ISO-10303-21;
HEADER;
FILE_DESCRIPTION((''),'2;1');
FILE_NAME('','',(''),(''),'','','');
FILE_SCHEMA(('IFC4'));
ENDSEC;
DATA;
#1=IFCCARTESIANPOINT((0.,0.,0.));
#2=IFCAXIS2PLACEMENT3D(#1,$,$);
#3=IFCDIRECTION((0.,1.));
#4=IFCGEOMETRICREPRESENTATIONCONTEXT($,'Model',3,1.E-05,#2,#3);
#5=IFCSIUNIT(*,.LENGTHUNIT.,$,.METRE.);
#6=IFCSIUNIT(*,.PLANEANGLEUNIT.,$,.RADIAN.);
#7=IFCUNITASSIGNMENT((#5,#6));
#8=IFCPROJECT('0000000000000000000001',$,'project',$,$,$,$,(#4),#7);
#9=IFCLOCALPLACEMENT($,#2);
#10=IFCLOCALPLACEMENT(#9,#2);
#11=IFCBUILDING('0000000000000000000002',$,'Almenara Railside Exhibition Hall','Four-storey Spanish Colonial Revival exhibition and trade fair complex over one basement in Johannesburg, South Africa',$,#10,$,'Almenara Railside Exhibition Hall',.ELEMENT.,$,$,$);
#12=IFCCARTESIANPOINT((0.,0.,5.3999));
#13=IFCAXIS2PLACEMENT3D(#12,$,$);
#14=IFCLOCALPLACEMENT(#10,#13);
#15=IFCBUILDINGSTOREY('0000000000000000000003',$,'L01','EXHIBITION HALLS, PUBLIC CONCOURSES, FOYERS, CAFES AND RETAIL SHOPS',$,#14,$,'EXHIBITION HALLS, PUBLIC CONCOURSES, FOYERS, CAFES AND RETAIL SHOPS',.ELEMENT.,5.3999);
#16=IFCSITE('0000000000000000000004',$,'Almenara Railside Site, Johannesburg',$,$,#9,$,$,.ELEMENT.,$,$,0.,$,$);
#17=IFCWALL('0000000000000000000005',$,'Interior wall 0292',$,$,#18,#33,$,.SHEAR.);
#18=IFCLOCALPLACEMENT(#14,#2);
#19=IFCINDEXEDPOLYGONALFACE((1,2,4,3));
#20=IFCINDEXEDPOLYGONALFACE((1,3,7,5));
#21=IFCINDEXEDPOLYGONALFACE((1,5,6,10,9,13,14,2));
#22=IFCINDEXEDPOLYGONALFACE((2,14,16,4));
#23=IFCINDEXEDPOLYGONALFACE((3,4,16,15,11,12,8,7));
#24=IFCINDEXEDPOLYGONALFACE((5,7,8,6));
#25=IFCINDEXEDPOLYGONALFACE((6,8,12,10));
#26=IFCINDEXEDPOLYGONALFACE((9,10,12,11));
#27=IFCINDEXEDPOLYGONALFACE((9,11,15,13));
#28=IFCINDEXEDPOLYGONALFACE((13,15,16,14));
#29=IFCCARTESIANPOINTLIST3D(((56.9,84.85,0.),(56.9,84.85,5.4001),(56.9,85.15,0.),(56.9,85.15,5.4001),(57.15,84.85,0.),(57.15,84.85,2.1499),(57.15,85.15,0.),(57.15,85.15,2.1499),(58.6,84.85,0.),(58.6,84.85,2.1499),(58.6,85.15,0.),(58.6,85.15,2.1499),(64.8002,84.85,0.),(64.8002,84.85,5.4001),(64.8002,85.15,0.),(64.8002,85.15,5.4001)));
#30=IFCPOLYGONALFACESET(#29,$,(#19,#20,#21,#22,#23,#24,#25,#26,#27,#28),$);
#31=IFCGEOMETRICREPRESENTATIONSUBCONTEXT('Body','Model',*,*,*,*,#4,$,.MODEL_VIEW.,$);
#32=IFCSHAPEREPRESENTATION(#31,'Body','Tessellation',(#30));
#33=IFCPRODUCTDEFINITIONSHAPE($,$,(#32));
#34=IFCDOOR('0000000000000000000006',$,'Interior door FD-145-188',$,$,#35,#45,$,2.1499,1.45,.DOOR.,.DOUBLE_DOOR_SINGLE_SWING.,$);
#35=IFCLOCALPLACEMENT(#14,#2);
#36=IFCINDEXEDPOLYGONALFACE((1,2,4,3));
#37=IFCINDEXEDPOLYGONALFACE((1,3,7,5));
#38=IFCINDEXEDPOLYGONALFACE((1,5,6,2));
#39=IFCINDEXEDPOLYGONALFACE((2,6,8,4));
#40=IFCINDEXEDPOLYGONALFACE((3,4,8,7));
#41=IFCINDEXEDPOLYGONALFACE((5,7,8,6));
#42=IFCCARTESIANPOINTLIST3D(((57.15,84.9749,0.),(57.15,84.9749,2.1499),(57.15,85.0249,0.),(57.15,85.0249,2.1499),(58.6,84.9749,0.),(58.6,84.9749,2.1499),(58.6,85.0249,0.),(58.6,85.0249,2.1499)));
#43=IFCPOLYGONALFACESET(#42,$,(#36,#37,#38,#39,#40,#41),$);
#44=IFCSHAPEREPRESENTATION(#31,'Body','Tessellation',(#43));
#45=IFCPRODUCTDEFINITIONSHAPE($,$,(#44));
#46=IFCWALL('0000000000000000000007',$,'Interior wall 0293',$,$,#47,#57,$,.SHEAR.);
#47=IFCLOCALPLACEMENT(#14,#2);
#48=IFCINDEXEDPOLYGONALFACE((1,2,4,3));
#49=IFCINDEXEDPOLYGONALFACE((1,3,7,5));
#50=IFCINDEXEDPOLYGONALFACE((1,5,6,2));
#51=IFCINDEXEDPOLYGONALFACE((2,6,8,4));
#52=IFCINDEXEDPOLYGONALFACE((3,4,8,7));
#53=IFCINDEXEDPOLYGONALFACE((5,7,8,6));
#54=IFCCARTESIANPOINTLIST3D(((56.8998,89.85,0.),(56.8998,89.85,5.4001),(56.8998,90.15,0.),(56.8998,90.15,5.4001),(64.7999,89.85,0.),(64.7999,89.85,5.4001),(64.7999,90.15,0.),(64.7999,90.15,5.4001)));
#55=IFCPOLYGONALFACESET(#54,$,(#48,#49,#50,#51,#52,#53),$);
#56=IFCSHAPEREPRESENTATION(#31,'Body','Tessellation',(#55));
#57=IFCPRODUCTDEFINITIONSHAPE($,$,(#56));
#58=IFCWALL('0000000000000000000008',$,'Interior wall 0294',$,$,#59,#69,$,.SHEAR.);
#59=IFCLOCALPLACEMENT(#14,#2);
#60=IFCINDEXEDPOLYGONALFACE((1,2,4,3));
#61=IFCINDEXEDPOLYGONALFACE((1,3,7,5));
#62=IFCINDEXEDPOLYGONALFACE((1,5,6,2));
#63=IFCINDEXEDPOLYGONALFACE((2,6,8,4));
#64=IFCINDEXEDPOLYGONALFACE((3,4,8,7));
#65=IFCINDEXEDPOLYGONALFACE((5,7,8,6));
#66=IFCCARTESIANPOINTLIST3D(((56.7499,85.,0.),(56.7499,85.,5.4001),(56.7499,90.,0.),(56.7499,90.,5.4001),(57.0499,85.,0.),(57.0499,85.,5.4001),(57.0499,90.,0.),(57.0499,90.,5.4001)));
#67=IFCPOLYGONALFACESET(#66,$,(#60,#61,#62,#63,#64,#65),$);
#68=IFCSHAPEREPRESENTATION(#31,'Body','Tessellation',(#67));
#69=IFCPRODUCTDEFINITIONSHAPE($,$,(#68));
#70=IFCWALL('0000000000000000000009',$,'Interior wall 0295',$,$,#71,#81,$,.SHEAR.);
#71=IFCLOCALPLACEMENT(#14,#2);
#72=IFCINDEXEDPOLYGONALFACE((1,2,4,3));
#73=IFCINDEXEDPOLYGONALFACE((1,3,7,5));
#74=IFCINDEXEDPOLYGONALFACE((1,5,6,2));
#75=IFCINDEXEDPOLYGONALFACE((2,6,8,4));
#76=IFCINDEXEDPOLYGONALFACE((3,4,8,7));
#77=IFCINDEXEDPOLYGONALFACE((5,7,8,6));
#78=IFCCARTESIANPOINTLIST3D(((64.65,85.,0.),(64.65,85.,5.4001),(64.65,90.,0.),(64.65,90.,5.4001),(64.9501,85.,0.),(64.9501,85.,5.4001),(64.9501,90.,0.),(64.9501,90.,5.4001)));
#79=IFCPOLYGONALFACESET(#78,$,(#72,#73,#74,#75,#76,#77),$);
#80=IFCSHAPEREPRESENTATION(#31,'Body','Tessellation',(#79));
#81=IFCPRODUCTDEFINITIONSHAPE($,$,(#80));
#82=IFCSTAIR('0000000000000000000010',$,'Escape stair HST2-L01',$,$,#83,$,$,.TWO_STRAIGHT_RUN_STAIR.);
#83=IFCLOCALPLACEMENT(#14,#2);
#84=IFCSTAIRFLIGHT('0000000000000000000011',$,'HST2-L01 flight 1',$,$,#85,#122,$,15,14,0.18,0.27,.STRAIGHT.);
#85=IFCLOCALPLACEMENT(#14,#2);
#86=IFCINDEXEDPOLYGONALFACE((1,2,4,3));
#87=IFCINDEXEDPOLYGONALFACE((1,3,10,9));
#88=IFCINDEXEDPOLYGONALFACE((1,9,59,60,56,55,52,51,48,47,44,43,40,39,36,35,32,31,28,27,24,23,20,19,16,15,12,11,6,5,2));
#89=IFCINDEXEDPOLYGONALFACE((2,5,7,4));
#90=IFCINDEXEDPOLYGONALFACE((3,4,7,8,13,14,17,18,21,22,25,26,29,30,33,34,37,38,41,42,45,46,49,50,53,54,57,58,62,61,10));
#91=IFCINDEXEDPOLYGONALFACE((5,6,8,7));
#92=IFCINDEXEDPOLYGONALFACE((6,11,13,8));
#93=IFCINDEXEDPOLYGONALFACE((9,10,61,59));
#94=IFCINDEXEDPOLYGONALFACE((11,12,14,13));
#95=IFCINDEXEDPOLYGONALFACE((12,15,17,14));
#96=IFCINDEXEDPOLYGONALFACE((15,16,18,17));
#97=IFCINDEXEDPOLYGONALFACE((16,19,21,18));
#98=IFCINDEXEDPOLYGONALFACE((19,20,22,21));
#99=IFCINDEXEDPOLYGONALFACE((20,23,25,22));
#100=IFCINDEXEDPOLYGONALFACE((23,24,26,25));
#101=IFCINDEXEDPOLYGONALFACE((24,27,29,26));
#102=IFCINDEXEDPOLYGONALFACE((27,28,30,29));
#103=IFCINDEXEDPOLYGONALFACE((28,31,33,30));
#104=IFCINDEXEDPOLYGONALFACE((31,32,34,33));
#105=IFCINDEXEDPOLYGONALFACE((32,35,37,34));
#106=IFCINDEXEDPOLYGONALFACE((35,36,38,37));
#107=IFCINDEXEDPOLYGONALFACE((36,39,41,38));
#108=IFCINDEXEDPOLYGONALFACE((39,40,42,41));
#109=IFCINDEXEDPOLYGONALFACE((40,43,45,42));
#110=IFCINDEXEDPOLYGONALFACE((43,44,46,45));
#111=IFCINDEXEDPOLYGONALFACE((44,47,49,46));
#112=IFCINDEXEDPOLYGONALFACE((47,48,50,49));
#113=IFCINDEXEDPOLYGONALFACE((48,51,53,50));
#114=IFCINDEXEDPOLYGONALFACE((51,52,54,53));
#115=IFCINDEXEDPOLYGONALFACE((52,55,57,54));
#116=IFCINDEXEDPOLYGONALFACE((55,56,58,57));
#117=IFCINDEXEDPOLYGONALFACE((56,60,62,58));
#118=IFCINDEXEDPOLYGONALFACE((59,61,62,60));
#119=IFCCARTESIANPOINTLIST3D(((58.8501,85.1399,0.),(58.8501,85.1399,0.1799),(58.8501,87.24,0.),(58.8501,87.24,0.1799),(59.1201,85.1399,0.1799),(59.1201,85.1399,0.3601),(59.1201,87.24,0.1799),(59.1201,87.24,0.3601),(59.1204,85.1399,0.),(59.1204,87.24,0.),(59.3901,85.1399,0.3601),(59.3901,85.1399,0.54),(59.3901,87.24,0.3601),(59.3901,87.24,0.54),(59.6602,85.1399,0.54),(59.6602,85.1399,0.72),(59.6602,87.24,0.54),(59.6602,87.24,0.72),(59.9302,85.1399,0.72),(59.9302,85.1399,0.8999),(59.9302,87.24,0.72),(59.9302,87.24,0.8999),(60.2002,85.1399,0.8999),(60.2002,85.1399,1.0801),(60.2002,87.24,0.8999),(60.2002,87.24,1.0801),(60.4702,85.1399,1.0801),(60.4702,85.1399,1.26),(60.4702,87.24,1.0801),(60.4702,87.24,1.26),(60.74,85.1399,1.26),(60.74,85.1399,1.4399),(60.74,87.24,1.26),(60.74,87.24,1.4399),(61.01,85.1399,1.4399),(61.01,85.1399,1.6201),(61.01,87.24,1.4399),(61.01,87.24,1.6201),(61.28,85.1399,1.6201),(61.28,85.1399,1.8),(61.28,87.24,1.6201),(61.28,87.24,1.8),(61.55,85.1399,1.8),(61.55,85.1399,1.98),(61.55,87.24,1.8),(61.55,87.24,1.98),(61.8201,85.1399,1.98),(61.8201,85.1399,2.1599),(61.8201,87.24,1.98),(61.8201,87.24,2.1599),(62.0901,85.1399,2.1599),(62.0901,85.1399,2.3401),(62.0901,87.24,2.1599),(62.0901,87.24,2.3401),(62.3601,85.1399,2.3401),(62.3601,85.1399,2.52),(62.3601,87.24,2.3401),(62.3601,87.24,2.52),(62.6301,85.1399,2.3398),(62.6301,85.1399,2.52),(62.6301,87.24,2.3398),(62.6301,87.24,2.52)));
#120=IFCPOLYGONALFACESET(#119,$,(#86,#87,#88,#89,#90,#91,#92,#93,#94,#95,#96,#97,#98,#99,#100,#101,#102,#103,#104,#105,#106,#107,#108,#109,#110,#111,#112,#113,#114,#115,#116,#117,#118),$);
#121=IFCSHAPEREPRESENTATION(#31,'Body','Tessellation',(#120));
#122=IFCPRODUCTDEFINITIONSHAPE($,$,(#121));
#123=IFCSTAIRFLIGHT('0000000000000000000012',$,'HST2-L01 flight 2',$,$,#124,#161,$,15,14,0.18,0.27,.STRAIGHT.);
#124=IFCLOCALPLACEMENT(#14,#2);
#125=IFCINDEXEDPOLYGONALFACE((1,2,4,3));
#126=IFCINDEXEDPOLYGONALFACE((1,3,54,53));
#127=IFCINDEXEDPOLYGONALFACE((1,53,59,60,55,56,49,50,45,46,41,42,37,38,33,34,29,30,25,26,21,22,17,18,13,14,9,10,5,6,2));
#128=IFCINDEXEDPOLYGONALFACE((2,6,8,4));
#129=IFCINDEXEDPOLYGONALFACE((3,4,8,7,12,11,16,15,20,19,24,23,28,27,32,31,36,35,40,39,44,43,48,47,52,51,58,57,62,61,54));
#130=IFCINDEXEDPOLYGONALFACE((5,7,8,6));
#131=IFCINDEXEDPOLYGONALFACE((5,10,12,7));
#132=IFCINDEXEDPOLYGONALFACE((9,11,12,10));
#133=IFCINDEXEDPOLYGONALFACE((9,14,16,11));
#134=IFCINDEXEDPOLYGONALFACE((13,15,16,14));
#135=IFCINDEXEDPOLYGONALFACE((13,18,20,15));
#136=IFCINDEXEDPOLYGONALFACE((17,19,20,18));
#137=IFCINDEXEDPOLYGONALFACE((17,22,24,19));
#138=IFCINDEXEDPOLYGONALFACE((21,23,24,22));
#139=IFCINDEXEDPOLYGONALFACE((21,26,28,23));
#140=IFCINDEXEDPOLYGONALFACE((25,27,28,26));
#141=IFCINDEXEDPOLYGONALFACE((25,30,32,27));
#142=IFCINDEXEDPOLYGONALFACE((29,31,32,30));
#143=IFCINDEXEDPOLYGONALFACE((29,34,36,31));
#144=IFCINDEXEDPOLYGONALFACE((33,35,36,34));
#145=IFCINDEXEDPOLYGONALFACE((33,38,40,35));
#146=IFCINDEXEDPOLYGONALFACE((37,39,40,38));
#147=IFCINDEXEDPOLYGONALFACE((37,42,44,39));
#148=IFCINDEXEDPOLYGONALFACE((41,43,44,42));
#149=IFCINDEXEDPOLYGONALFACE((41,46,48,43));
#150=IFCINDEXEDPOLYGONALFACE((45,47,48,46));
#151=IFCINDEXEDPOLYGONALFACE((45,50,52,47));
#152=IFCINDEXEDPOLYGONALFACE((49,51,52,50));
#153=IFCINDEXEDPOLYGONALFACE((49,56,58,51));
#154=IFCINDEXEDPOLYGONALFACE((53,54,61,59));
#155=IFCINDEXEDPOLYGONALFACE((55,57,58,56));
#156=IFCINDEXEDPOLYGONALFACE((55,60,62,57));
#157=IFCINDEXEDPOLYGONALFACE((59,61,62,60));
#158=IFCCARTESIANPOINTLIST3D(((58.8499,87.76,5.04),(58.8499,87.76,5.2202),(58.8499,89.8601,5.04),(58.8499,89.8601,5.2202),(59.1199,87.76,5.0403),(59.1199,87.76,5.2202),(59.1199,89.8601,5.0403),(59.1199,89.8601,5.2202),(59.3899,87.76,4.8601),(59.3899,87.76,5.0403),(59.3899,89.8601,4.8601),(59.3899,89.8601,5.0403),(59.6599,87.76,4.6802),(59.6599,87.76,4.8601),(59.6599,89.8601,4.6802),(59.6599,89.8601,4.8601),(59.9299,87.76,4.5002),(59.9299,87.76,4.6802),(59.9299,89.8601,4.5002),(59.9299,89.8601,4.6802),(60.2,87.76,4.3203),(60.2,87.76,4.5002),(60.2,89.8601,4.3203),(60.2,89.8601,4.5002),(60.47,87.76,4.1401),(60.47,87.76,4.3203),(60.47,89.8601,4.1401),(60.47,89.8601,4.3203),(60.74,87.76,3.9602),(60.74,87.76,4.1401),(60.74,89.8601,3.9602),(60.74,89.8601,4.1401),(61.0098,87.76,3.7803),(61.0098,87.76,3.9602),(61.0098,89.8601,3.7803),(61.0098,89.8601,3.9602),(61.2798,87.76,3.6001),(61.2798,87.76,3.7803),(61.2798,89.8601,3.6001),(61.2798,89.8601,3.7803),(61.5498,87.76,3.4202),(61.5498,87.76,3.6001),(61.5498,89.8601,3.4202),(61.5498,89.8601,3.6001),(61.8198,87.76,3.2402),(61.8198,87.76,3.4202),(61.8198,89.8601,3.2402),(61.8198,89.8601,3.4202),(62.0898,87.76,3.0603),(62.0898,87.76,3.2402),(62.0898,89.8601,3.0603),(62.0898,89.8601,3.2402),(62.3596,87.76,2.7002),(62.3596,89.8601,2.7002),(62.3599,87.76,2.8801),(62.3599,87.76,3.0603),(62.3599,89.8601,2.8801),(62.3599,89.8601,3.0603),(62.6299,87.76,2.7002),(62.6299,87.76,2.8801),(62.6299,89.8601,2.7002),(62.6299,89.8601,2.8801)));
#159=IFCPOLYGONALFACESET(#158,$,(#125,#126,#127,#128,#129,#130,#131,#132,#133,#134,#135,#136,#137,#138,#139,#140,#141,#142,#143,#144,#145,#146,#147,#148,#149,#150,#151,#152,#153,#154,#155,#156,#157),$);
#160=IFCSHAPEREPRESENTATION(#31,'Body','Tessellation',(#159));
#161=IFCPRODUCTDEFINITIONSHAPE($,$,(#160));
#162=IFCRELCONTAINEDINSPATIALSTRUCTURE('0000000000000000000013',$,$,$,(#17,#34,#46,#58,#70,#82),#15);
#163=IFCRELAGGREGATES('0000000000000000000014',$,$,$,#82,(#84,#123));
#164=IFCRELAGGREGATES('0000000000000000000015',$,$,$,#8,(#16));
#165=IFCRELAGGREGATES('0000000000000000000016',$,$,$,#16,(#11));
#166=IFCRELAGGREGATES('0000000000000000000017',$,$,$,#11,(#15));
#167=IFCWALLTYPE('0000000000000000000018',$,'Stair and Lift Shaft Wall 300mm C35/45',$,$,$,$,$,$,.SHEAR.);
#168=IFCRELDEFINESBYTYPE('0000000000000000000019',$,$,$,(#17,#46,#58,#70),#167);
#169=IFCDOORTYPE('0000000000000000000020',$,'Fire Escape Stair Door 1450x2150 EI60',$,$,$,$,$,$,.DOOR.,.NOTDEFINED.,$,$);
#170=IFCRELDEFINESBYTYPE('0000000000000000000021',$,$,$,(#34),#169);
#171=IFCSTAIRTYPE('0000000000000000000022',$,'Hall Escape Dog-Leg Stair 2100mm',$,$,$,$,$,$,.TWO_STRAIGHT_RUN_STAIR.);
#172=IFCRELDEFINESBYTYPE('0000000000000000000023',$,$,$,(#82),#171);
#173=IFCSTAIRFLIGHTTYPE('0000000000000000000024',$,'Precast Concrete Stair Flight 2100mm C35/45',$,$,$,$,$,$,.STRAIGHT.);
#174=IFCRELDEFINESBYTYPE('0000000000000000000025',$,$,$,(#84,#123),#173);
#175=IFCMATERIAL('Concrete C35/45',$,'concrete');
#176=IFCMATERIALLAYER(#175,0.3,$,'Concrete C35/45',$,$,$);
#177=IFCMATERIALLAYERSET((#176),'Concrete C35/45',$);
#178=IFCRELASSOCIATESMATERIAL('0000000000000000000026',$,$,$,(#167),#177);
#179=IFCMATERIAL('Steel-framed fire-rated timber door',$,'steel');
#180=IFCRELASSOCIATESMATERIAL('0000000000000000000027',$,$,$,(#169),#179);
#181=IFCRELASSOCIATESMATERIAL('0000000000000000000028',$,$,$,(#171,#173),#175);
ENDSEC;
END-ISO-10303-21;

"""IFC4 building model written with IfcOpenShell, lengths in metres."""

from ifc_helpers import new_model, si_unit, direction, frame, frame_2d, origin, place, context, subcontext, project, spatial, polyline, rectangle, outline, extrude, material, layer, layer_set, type_object, element, fill, aggregate, save


model = new_model("IFC4")

# Units and contexts
model_context = context("Model", 3, precision=1e-05, world=origin(), true_north=direction((0.0, 1.0)))
body_context = subcontext(model_context, "Body", "Model", "MODEL_VIEW")
ifc_project = project(units=[si_unit("LENGTHUNIT", "METRE"), si_unit("PLANEANGLEUNIT", "RADIAN")], contexts=[model_context])

# Site, building, storey
site_placement = place(None, origin())
site = spatial("IfcSite", under=ifc_project, at=site_placement, Name="Almenara Railside Site, Johannesburg", CompositionType="ELEMENT", RefElevation=0.0)
building_placement = place(site_placement, origin())
building = spatial("IfcBuilding", under=site, at=building_placement, Name="Almenara Railside Exhibition Hall", Description="Four-storey Spanish Colonial Revival exhibition and trade fair complex over one basement in Johannesburg, South Africa", LongName="Almenara Railside Exhibition Hall", CompositionType="ELEMENT")
storey_placement = place(building_placement, frame((0.0, 0.0, 5.3999)))
storey = spatial("IfcBuildingStorey", under=building, at=storey_placement, Name="L01", Description="EXHIBITION HALLS, PUBLIC CONCOURSES, FOYERS, CAFES AND RETAIL SHOPS", LongName="EXHIBITION HALLS, PUBLIC CONCOURSES, FOYERS, CAFES AND RETAIL SHOPS", CompositionType="ELEMENT", Elevation=5.3999)

# Shared definitions
ifc_material_1 = material(Name="Concrete C35/45", Category="concrete")

# Wall, opening, door
ifc_layer = layer(ifc_material_1, 0.3, Name="Concrete C35/45")
ifc_layer_set = layer_set([ifc_layer], Name="Concrete C35/45")
wall_type = type_object("IfcWallType", Name="Stair and Lift Shaft Wall 300mm C35/45", PredefinedType="SHEAR", material=ifc_layer_set)
wall_1_placement = place(storey_placement, frame((56.8999, 85.0, 0.0), z_axis=(0.0, 0.0, 1.0), x_axis=(1.0, 0.0, 0.0)))
wall_1 = element("IfcWall", 1, at=wall_1_placement, inside=storey, type_object=wall_type, Name="Interior wall 0292", PredefinedType="SHEAR", context=body_context, shape_type="SweptSolid", body=[
    extrude(rectangle(XDim=7.9001, YDim=0.3, at=frame_2d((3.9502, 0.0))), origin(), (0.0, 0.0, 1.0), 5.4001),
])
opening_placement = place(wall_1_placement, frame((0.25, 0.0, 0.0)))
opening = element("IfcOpeningElement", 2, at=opening_placement, cuts=wall_1, PredefinedType="OPENING", context=body_context, shape_type="SweptSolid", body=[
    extrude(rectangle(XDim=1.45, YDim=2.1499, at=frame_2d((0.7251, 1.075))), frame((0.0, 0.1599, 0.0), z_axis=(0.0, -1.0, 0.0), x_axis=(1.0, 0.0, 0.0)), (0.0, 0.0, 1.0), 0.3201),
])
ifc_material_2 = material(Name="Steel-framed fire-rated timber door", Category="steel")
door_type = type_object("IfcDoorType", Name="Fire Escape Stair Door 1450x2150 EI60", OperationType="NOTDEFINED", PredefinedType="DOOR", material=ifc_material_2)
door_placement = place(opening_placement, origin())
door = element("IfcDoor", 3, at=door_placement, inside=storey, type_object=door_type, Name="Interior door FD-145-188", OperationType="DOUBLE_DOOR_SINGLE_SWING", OverallHeight=2.1499, OverallWidth=1.45, PredefinedType="DOOR", context=body_context, shape_type="SweptSolid", body=[
    extrude(rectangle(XDim=1.45, YDim=2.1499, at=frame_2d((0.7251, 1.075))), frame((0.0, 0.0249, 0.0), z_axis=(0.0, -1.0, 0.0), x_axis=(1.0, 0.0, 0.0)), (0.0, 0.0, 1.0), 0.05),
])
fill(opening, door)

# Walls
wall_2_placement = place(storey_placement, frame((64.8, 90.0, 0.0), z_axis=(0.0, 0.0, 1.0), x_axis=(-1.0, 0.0, 0.0)))
element("IfcWall", 4, at=wall_2_placement, inside=storey, type_object=wall_type, Name="Interior wall 0293", PredefinedType="SHEAR", context=body_context, shape_type="SweptSolid", body=[
    extrude(rectangle(XDim=7.9001, YDim=0.3, at=frame_2d((3.9502, 0.0))), origin(), (0.0, 0.0, 1.0), 5.4001),
])
for number, where, z_axis, x_axis, name in (
    (5, (56.8999, 90.0, 0.0), (0.0, 0.0, 1.0), (0.0, -1.0, 0.0), "Interior wall 0294"),
    (6, (64.8, 85.0, 0.0), (0.0, 0.0, 1.0), (0.0, 1.0, 0.0), "Interior wall 0295"),
):
    element("IfcWall", number, at=place(storey_placement, frame(where, z_axis=z_axis, x_axis=x_axis)), inside=storey, type_object=wall_type, Name=name, PredefinedType="SHEAR", context=body_context, shape_type="SweptSolid", body=[
        extrude(rectangle(XDim=5.0, YDim=0.3, at=frame_2d((2.5, 0.0))), origin(), (0.0, 0.0, 1.0), 5.4001),
    ])

# Stair, stair flights
stair_type = type_object("IfcStairType", Name="Hall Escape Dog-Leg Stair 2100mm", PredefinedType="TWO_STRAIGHT_RUN_STAIR", material=ifc_material_1)
stair_placement = place(storey_placement, origin())
stair = element("IfcStair", 7, at=stair_placement, inside=storey, type_object=stair_type, Name="Escape stair HST2-L01", PredefinedType="TWO_STRAIGHT_RUN_STAIR")
stair_flight_type = type_object("IfcStairFlightType", Name="Precast Concrete Stair Flight 2100mm C35/45", PredefinedType="STRAIGHT", material=ifc_material_1)
stair_flight_1_placement = place(storey_placement, frame((58.8501, 86.1899, 0.0), z_axis=(0.0, 0.0, 1.0), x_axis=(1.0, 0.0, 0.0)))
stair_flight_1 = element("IfcStairFlight", 8, at=stair_flight_1_placement, type_object=stair_flight_type, Name="HST2-L01 flight 1", NumberOfRisers=15, NumberOfTreads=14, PredefinedType="STRAIGHT", RiserHeight=0.18, TreadLength=0.27, context=body_context, shape_type="SweptSolid", body=[
    extrude(outline(polyline([(0.0, 0.0), (0.0, 0.1799), (0.27, 0.1799), (0.27, 0.3601), (0.54, 0.3601), (0.54, 0.54), (0.8101, 0.54), (0.8101, 0.72), (1.0801, 0.72), (1.0801, 0.8999), (1.3501, 0.8999), (1.3501, 1.0801), (1.6201, 1.0801), (1.6201, 1.26), (1.8899, 1.26), (1.8899, 1.4399), (2.1599, 1.4399), (2.1599, 1.6201), (2.4299, 1.6201), (2.4299, 1.8), (2.7, 1.8), (2.7, 1.98), (2.97, 1.98), (2.97, 2.1599), (3.24, 2.1599), (3.24, 2.3401), (3.51, 2.3401), (3.51, 2.52), (3.78, 2.52), (3.78, 2.7), (3.78, 2.3398), (0.2703, 0.0), (0.0, 0.0)])), frame((0.0, 1.05, 0.0), z_axis=(0.0, -1.0, 0.0), x_axis=(1.0, 0.0, 0.0)), (0.0, 0.0, 1.0), 2.1001),
])
stair_flight_2_placement = place(storey_placement, frame((62.6299, 88.8101, 2.7002), z_axis=(0.0, 0.0, 1.0), x_axis=(-1.0, 0.0, 0.0)))
stair_flight_2 = element("IfcStairFlight", 9, at=stair_flight_2_placement, type_object=stair_flight_type, Name="HST2-L01 flight 2", NumberOfRisers=15, NumberOfTreads=14, PredefinedType="STRAIGHT", RiserHeight=0.18, TreadLength=0.27, context=body_context, shape_type="SweptSolid", body=[
    extrude(outline(polyline([(0.0, 0.0), (0.0, 0.1799), (0.27, 0.1799), (0.27, 0.3601), (0.54, 0.3601), (0.54, 0.54), (0.8101, 0.54), (0.8101, 0.72), (1.0801, 0.72), (1.0801, 0.8999), (1.3501, 0.8999), (1.3501, 1.0801), (1.6201, 1.0801), (1.6201, 1.26), (1.8899, 1.26), (1.8899, 1.4399), (2.1599, 1.4399), (2.1599, 1.6201), (2.4299, 1.6201), (2.4299, 1.8), (2.7, 1.8), (2.7, 1.98), (2.97, 1.98), (2.97, 2.1599), (3.24, 2.1599), (3.24, 2.3401), (3.51, 2.3401), (3.51, 2.52), (3.78, 2.52), (3.78, 2.7), (3.78, 2.3398), (0.2703, 0.0), (0.0, 0.0)])), frame((0.0, 1.05, 0.0), z_axis=(0.0, -1.0, 0.0), x_axis=(1.0, 0.0, 0.0)), (0.0, 0.0, 1.0), 2.1001),
])
aggregate(stair, [stair_flight_1, stair_flight_2])

save(model, "model.ifc")
